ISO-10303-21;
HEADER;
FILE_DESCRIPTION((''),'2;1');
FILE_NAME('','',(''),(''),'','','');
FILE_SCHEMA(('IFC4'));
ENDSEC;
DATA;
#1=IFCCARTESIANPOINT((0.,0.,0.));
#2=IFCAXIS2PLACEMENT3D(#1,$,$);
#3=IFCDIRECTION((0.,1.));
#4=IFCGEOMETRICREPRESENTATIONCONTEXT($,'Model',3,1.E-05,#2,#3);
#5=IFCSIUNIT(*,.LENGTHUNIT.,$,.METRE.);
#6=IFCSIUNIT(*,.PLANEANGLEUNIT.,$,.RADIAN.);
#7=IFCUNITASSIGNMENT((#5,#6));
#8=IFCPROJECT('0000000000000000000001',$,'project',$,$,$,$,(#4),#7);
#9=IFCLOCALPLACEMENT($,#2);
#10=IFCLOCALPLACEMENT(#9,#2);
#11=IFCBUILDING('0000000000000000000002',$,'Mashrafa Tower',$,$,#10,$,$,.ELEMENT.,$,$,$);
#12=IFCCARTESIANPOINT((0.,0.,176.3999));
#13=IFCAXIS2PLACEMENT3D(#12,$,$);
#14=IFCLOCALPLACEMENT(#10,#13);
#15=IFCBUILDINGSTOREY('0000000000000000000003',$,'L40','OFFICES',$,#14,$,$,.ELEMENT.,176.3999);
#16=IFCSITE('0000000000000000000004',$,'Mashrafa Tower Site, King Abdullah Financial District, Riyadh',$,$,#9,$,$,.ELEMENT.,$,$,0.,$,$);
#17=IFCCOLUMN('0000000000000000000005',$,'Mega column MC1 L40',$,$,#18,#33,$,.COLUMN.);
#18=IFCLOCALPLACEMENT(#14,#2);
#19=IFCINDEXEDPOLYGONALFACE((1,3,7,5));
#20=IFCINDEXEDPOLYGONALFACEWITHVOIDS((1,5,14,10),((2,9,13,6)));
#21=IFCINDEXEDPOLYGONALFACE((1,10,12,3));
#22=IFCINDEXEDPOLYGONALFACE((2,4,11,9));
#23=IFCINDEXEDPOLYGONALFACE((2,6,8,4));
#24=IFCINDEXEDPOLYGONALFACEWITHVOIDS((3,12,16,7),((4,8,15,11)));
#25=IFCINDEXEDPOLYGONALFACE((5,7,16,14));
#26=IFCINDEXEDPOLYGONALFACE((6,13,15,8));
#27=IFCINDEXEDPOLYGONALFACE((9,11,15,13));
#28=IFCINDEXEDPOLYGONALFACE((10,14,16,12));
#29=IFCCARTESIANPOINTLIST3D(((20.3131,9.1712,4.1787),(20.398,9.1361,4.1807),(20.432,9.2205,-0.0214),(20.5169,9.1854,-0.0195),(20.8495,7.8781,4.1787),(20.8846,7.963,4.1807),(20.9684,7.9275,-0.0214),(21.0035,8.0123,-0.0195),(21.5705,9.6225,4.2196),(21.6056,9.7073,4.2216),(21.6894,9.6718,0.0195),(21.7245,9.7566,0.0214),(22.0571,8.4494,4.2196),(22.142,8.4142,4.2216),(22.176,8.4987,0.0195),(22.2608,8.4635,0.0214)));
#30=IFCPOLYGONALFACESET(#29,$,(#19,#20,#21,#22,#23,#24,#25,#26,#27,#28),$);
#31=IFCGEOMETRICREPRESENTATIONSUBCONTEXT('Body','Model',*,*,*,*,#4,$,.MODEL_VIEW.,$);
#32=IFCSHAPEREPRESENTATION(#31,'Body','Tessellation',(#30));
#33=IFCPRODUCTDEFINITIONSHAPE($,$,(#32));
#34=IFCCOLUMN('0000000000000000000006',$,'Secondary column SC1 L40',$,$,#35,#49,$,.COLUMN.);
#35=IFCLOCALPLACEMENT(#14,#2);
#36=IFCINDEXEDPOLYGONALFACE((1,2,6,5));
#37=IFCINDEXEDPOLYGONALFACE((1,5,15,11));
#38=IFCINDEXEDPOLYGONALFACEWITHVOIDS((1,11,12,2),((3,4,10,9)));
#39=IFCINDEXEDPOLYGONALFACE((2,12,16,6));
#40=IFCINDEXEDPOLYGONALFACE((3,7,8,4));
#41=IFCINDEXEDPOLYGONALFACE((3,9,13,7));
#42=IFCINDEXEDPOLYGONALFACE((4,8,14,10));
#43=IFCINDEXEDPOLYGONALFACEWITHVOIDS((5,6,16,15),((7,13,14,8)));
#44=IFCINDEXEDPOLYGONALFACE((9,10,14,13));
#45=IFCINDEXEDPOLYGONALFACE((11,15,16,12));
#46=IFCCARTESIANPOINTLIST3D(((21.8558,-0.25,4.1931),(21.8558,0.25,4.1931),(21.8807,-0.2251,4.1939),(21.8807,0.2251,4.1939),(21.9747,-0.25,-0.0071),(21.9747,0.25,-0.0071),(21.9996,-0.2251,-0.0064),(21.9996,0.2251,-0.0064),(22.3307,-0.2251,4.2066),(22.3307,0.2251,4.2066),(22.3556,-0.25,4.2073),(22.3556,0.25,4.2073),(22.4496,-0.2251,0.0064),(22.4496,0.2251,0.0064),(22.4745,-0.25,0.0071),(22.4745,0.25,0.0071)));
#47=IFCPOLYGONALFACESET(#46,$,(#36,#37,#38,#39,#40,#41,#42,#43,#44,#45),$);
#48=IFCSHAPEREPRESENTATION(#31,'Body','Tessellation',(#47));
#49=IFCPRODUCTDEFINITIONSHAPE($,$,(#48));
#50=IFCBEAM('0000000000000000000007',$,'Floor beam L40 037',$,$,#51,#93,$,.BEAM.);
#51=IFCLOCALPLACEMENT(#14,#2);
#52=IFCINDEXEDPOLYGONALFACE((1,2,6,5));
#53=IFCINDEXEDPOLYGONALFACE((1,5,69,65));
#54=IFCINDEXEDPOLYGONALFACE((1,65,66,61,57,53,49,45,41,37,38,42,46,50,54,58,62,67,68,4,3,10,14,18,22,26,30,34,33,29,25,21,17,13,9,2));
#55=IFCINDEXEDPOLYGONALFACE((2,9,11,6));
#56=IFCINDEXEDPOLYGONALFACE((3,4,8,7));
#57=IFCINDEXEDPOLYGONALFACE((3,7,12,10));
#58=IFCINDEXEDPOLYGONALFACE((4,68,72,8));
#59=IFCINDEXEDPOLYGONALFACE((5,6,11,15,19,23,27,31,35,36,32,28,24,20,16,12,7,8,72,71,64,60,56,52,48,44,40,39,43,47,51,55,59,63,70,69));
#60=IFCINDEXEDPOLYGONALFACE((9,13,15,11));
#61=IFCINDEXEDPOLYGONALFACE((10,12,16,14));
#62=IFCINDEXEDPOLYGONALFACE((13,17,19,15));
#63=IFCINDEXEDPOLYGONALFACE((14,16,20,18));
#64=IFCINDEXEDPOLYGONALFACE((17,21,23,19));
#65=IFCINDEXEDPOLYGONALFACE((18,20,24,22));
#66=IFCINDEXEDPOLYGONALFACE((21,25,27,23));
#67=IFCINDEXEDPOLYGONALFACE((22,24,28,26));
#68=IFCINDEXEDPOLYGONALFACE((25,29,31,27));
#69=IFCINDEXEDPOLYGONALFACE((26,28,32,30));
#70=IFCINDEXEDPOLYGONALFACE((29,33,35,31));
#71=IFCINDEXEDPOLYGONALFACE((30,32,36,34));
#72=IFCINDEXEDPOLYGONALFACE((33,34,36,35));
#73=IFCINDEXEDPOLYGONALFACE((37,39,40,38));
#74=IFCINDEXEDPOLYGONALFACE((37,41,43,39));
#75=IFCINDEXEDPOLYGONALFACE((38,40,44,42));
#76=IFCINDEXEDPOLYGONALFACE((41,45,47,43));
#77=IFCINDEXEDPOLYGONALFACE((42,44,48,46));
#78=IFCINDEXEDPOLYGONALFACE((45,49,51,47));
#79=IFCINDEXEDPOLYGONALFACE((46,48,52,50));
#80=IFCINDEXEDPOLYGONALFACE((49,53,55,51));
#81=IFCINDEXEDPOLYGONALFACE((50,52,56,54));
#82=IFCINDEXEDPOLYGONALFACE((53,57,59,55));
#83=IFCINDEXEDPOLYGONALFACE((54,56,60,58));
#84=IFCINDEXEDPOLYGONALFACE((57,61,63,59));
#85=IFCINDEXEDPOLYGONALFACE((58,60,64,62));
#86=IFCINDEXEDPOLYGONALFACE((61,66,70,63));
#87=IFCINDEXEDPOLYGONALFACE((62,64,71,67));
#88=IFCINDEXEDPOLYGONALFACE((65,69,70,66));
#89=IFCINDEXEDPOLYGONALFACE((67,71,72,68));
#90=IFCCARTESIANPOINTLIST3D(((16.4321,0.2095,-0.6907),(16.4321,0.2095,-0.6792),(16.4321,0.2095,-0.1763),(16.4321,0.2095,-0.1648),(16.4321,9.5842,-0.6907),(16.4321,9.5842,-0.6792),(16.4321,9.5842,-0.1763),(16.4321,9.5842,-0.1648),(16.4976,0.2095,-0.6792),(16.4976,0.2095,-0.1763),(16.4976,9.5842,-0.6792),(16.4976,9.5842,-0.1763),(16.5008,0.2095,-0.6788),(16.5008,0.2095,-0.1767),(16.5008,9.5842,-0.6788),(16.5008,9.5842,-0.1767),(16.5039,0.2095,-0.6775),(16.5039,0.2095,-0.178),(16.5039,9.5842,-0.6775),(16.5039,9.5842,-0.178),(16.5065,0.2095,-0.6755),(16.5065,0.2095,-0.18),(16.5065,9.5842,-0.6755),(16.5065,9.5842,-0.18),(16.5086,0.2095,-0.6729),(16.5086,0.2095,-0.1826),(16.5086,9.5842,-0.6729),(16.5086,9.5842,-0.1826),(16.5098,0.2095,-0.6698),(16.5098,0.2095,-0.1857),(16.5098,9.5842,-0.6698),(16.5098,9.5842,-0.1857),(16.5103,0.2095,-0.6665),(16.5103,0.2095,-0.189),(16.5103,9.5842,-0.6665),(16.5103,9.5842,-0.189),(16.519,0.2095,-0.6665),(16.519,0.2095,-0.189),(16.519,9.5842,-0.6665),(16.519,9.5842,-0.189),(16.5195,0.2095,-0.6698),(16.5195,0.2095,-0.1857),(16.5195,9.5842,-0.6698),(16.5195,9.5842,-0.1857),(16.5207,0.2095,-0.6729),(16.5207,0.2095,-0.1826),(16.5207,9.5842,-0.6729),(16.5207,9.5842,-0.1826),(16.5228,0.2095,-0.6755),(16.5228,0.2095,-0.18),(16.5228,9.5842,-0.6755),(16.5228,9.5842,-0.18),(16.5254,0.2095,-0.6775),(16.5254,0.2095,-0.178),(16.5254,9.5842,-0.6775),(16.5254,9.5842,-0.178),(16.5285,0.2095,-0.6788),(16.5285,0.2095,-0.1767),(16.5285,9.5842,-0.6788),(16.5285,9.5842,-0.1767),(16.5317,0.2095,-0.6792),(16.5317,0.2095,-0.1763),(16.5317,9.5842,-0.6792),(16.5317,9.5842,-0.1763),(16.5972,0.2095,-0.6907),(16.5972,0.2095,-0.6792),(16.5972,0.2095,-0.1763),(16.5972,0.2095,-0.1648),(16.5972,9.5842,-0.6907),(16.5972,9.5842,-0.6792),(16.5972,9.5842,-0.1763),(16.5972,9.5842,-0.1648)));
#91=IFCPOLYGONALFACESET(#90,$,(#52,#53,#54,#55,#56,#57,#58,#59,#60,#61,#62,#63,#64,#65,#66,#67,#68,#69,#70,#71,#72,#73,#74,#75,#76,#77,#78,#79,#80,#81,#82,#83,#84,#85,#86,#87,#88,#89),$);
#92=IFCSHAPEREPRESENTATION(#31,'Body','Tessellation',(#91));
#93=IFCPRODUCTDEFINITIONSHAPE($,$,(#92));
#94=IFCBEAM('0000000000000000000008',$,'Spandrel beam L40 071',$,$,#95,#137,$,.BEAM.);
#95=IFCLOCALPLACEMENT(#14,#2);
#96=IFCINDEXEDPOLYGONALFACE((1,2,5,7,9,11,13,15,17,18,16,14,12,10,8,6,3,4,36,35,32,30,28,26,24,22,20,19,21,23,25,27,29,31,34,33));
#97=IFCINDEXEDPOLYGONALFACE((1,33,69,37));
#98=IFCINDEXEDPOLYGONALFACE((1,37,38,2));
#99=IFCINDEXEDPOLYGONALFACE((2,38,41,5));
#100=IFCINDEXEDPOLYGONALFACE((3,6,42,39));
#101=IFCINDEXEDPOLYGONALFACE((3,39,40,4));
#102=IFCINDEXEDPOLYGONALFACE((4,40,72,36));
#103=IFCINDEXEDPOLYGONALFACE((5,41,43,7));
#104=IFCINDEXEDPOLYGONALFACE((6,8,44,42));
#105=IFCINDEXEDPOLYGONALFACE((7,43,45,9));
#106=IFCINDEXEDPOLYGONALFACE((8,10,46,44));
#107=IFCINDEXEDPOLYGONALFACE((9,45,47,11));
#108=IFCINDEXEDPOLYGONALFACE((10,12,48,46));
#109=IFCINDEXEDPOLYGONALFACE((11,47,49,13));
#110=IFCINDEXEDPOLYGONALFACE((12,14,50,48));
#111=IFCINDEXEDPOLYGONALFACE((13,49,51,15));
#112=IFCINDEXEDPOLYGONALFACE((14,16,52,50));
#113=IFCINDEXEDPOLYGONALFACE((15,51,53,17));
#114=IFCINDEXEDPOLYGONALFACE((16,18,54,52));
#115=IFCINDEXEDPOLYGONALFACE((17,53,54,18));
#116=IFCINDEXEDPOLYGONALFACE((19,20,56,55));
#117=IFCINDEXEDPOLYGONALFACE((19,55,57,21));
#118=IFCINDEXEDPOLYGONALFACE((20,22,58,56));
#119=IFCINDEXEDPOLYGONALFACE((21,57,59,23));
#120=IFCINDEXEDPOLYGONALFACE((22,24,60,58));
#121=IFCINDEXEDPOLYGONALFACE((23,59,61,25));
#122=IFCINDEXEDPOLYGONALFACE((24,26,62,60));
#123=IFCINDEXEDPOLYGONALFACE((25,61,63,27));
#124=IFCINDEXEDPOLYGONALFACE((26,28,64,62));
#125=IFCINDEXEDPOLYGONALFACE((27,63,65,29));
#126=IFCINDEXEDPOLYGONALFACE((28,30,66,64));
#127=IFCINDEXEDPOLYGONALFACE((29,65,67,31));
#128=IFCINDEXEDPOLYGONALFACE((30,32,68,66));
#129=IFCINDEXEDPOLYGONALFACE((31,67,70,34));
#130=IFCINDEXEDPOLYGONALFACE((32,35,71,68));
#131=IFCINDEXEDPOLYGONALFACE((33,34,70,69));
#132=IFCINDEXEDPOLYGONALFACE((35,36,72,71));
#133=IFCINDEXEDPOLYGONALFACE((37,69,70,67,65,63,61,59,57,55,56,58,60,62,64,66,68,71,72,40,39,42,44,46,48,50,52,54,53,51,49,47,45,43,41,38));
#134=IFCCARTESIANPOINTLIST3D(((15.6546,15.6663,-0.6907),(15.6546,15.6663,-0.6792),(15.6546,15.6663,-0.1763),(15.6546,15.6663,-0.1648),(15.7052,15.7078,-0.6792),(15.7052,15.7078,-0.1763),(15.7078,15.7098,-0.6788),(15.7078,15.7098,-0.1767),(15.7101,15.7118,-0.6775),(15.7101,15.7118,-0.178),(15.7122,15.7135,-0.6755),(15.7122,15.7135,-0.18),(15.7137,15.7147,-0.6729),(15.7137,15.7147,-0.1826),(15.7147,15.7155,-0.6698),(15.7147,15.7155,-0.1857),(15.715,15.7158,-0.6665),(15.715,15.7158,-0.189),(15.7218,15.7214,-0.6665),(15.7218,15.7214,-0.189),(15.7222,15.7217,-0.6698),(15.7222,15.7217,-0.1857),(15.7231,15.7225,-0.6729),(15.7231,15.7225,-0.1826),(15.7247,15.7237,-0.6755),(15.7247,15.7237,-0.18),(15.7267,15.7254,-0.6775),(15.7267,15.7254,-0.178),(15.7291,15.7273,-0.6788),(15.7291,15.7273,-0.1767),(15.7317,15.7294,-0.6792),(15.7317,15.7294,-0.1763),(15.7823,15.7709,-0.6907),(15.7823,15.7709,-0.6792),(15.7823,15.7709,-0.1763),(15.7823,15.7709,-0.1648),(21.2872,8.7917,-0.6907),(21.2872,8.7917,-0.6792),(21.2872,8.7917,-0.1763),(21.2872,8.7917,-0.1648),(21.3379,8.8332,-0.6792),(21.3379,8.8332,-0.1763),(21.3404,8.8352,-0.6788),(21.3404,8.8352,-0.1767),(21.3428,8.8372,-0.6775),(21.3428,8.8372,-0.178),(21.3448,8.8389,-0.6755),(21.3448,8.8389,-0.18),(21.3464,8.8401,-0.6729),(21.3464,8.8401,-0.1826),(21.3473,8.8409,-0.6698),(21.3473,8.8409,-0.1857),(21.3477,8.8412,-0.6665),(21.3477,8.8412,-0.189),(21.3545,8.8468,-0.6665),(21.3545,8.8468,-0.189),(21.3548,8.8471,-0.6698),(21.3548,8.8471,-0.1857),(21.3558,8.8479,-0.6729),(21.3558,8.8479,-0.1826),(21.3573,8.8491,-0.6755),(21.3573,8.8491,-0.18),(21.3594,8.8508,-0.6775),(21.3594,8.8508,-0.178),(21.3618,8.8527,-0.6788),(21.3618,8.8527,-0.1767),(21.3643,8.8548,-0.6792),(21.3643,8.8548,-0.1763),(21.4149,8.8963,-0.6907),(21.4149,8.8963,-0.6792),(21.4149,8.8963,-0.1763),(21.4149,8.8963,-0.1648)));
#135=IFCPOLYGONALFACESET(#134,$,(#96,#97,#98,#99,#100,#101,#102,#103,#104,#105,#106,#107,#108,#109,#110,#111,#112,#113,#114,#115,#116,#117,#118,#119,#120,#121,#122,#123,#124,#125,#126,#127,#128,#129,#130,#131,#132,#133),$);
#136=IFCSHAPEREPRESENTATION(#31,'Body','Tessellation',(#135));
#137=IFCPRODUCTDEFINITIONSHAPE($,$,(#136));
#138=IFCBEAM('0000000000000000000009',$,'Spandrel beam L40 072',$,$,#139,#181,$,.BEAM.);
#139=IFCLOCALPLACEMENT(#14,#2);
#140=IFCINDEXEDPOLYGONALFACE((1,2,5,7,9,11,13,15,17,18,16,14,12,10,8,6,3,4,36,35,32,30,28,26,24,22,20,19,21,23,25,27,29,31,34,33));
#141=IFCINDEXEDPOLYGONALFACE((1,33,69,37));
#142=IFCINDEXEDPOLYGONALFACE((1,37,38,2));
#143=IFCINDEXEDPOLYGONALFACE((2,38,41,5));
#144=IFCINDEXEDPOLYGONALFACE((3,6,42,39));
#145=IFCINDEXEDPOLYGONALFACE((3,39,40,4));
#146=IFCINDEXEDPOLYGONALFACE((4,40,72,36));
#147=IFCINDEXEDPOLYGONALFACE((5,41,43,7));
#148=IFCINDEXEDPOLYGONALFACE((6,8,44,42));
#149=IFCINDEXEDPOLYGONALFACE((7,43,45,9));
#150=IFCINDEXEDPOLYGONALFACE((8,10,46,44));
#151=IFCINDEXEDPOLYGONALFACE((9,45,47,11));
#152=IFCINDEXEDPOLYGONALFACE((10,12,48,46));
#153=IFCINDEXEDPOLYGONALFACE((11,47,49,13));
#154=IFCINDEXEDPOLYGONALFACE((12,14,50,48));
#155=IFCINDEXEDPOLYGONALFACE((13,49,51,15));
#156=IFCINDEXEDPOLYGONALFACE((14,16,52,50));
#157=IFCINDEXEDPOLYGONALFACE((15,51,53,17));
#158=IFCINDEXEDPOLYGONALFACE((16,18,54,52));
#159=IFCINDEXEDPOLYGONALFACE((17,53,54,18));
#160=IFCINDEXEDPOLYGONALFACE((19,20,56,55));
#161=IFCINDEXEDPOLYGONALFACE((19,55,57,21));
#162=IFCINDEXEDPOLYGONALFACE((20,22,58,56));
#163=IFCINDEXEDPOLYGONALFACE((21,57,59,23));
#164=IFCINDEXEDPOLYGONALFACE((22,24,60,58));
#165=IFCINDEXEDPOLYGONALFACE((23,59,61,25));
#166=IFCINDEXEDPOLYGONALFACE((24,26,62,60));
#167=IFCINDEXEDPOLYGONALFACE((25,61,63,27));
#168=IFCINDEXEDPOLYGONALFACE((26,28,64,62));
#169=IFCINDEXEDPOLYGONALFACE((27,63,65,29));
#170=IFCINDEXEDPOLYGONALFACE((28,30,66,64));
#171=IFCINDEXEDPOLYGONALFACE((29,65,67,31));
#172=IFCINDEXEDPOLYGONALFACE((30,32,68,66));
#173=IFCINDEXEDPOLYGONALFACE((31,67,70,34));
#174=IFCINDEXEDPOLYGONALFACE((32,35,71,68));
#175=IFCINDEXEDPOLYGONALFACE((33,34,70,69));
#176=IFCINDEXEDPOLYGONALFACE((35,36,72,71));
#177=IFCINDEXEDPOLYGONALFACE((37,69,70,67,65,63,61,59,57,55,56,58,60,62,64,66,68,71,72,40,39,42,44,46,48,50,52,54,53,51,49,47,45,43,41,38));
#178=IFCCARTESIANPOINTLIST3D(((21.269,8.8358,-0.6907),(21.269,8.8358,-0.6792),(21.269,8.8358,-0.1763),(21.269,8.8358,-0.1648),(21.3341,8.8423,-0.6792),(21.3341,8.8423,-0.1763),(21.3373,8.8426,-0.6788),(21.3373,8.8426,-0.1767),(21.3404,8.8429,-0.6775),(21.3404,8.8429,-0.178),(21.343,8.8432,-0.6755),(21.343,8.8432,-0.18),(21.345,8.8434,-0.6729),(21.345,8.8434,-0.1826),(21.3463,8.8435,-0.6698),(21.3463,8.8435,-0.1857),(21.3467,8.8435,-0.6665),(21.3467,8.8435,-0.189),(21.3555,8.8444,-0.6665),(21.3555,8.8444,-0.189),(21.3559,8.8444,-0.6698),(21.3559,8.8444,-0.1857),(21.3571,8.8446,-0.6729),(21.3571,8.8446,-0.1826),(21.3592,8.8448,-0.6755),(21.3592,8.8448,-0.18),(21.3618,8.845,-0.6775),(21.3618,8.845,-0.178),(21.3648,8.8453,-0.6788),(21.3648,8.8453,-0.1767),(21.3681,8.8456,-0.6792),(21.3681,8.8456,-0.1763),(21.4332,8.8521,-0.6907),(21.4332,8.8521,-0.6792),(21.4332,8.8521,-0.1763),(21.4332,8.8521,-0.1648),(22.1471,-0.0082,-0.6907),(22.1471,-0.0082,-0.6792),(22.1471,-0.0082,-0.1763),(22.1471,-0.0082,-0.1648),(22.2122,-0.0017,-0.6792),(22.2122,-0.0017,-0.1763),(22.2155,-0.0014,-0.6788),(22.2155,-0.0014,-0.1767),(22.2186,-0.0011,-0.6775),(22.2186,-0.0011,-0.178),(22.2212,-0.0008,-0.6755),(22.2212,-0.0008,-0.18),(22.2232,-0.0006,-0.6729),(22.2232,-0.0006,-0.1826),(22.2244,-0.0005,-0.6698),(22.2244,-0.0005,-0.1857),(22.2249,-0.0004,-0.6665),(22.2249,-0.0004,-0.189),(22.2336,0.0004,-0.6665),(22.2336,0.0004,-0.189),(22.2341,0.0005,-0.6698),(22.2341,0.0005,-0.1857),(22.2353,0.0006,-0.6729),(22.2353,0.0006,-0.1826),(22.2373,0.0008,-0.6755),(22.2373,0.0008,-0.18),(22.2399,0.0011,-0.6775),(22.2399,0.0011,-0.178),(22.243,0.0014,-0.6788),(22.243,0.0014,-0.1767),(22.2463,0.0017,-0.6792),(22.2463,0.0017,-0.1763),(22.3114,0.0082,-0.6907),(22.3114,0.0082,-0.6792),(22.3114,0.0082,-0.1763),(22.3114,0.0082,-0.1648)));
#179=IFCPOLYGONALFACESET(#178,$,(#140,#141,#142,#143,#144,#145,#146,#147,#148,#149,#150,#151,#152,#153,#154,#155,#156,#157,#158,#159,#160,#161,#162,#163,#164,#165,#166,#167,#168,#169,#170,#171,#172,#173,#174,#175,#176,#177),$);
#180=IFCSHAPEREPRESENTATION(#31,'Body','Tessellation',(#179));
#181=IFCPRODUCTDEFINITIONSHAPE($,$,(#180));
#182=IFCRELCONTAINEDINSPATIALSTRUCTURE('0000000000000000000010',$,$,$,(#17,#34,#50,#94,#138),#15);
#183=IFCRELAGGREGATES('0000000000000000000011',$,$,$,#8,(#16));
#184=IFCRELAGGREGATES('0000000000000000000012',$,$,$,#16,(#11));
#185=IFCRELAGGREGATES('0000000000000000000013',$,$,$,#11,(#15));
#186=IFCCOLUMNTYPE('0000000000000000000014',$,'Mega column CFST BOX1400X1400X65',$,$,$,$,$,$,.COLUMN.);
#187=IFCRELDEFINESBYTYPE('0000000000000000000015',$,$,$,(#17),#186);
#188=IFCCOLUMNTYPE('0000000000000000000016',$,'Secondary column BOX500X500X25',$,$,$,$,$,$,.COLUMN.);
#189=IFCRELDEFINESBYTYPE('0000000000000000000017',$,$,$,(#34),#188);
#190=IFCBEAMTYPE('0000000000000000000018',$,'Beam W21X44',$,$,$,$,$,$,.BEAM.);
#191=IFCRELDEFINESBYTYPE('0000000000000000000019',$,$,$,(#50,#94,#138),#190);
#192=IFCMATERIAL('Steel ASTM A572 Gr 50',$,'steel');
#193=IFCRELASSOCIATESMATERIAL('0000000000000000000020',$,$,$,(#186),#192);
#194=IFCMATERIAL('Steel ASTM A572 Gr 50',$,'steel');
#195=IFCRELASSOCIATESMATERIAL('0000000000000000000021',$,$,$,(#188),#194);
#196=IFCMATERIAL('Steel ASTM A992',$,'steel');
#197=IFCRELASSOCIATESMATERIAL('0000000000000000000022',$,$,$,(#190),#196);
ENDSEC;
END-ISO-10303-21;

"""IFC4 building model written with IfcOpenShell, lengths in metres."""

from ifc_helpers import new_model, si_unit, direction, frame, origin, origin_2d, place, context, subcontext, project, spatial, hollow_rectangle, i_section, extrude, material, material_profile, profile_set, type_object, element, save


model = new_model("IFC4")

# Units and contexts
model_context = context("Model", 3, precision=1e-05, world=origin(), true_north=direction((0.0, 1.0)))
body_context = subcontext(model_context, "Body", "Model", "MODEL_VIEW")
ifc_project = project(units=[si_unit("LENGTHUNIT", "METRE"), si_unit("PLANEANGLEUNIT", "RADIAN")], contexts=[model_context])

# Site, building, storey
site_placement = place(None, origin())
site = spatial("IfcSite", under=ifc_project, at=site_placement, Name="Mashrafa Tower Site, King Abdullah Financial District, Riyadh", CompositionType="ELEMENT", RefElevation=0.0)
building_placement = place(site_placement, origin())
building = spatial("IfcBuilding", under=site, at=building_placement, Name="Mashrafa Tower", CompositionType="ELEMENT")
storey_placement = place(building_placement, frame((0.0, 0.0, 176.3999)))
storey = spatial("IfcBuildingStorey", under=building, at=storey_placement, Name="L40", Description="OFFICES", CompositionType="ELEMENT", Elevation=176.3999)

# Columns
ifc_material_1 = material(Name="Steel ASTM A572 Gr 50", Category="steel")
ifc_material_profile_1 = material_profile(ifc_material_1, hollow_rectangle(XDim=1.3999, YDim=1.3999, WallThickness=0.0649, at=origin_2d()), Name="BOX1400X1400X65")
ifc_profile_set_1 = profile_set([ifc_material_profile_1], Name="Steel ASTM A572 Gr 50")
column_type_1 = type_object("IfcColumnType", Name="Mega column CFST BOX1400X1400X65", PredefinedType="COLUMN", material=ifc_profile_set_1)
column_1_placement = place(storey_placement, frame((21.3464, 8.842, 0.0), z_axis=(-0.028294, -0.011736, 0.999531), x_axis=(0.383133, -0.923693, 0.0)))
element("IfcColumn", 1, at=column_1_placement, inside=storey, type_object=column_type_1, Name="Mega column MC1 L40", PredefinedType="COLUMN", context=body_context, shape_type="SweptSolid", body=[
    extrude(hollow_rectangle(XDim=1.3999, YDim=1.3999, WallThickness=0.0649, at=origin_2d()), origin(), (0.0, 0.0, 1.0), 4.2021),
])
ifc_material_2 = material(Name="Steel ASTM A572 Gr 50", Category="steel")
ifc_material_profile_2 = material_profile(ifc_material_2, hollow_rectangle(XDim=0.5, YDim=0.5, WallThickness=0.0249, at=origin_2d()), Name="BOX500X500X25")
ifc_profile_set_2 = profile_set([ifc_material_profile_2], Name="Steel ASTM A572 Gr 50")
column_type_2 = type_object("IfcColumnType", Name="Secondary column BOX500X500X25", PredefinedType="COLUMN", material=ifc_profile_set_2)
column_2_placement = place(storey_placement, frame((22.2246, 0.0, 0.0), z_axis=(-0.028296, 0.0, 0.9996), x_axis=(0.0, -1.0, 0.0)))
element("IfcColumn", 2, at=column_2_placement, inside=storey, type_object=column_type_2, Name="Secondary column SC1 L40", PredefinedType="COLUMN", context=body_context, shape_type="SweptSolid", body=[
    extrude(hollow_rectangle(XDim=0.5, YDim=0.5, WallThickness=0.0249, at=origin_2d()), origin(), (0.0, 0.0, 1.0), 4.2019),
])

# Beams
ifc_material_3 = material(Name="Steel ASTM A992", Category="steel")
ifc_material_profile_3 = material_profile(ifc_material_3, i_section(OverallWidth=0.165, OverallDepth=0.5259, WebThickness=0.0088, FlangeThickness=0.0115, FilletRadius=0.0127, at=origin_2d()), Name="W21X44")
ifc_profile_set_3 = profile_set([ifc_material_profile_3], Name="Steel ASTM A992")
beam_type_1 = type_object("IfcBeamType", Name="Beam W21X44", PredefinedType="BEAM", material=ifc_profile_set_3)
beam_1_placement = place(storey_placement, frame((16.5146, 9.5842, -0.4277), z_axis=(0.0, -1.0, 0.0), x_axis=(1.0, 0.0, 0.0)))
element("IfcBeam", 3, at=beam_1_placement, inside=storey, type_object=beam_type_1, Name="Floor beam L40 037", PredefinedType="BEAM", context=body_context, shape_type="SweptSolid", body=[
    extrude(i_section(OverallWidth=0.165, OverallDepth=0.5259, WebThickness=0.0088, FlangeThickness=0.0115, FilletRadius=0.0127, at=origin_2d()), origin(), (0.0, 0.0, 1.0), 9.3748),
])
for number, where, z_axis, x_axis, name in (
    (4, (21.3511, 8.844, -0.4277), (-0.633775, 0.773518, 0.0), (-0.773518, -0.633775, 0.0), "Spandrel beam L40 071"),
    (5, (22.2292, 0.0, -0.4277), (-0.09881, 0.995106, 0.0), (-0.995106, -0.09881, 0.0), "Spandrel beam L40 072"),
):
    element("IfcBeam", number, at=place(storey_placement, frame(where, z_axis=z_axis, x_axis=x_axis)), inside=storey, type_object=beam_type_1, Name=name, PredefinedType="BEAM", context=body_context, shape_type="SweptSolid", body=[
        extrude(i_section(OverallWidth=0.165, OverallDepth=0.5259, WebThickness=0.0088, FlangeThickness=0.0115, FilletRadius=0.0127, at=origin_2d()), origin(), (0.0, 0.0, 1.0), 8.8875),
    ])

save(model, "model.ifc")
